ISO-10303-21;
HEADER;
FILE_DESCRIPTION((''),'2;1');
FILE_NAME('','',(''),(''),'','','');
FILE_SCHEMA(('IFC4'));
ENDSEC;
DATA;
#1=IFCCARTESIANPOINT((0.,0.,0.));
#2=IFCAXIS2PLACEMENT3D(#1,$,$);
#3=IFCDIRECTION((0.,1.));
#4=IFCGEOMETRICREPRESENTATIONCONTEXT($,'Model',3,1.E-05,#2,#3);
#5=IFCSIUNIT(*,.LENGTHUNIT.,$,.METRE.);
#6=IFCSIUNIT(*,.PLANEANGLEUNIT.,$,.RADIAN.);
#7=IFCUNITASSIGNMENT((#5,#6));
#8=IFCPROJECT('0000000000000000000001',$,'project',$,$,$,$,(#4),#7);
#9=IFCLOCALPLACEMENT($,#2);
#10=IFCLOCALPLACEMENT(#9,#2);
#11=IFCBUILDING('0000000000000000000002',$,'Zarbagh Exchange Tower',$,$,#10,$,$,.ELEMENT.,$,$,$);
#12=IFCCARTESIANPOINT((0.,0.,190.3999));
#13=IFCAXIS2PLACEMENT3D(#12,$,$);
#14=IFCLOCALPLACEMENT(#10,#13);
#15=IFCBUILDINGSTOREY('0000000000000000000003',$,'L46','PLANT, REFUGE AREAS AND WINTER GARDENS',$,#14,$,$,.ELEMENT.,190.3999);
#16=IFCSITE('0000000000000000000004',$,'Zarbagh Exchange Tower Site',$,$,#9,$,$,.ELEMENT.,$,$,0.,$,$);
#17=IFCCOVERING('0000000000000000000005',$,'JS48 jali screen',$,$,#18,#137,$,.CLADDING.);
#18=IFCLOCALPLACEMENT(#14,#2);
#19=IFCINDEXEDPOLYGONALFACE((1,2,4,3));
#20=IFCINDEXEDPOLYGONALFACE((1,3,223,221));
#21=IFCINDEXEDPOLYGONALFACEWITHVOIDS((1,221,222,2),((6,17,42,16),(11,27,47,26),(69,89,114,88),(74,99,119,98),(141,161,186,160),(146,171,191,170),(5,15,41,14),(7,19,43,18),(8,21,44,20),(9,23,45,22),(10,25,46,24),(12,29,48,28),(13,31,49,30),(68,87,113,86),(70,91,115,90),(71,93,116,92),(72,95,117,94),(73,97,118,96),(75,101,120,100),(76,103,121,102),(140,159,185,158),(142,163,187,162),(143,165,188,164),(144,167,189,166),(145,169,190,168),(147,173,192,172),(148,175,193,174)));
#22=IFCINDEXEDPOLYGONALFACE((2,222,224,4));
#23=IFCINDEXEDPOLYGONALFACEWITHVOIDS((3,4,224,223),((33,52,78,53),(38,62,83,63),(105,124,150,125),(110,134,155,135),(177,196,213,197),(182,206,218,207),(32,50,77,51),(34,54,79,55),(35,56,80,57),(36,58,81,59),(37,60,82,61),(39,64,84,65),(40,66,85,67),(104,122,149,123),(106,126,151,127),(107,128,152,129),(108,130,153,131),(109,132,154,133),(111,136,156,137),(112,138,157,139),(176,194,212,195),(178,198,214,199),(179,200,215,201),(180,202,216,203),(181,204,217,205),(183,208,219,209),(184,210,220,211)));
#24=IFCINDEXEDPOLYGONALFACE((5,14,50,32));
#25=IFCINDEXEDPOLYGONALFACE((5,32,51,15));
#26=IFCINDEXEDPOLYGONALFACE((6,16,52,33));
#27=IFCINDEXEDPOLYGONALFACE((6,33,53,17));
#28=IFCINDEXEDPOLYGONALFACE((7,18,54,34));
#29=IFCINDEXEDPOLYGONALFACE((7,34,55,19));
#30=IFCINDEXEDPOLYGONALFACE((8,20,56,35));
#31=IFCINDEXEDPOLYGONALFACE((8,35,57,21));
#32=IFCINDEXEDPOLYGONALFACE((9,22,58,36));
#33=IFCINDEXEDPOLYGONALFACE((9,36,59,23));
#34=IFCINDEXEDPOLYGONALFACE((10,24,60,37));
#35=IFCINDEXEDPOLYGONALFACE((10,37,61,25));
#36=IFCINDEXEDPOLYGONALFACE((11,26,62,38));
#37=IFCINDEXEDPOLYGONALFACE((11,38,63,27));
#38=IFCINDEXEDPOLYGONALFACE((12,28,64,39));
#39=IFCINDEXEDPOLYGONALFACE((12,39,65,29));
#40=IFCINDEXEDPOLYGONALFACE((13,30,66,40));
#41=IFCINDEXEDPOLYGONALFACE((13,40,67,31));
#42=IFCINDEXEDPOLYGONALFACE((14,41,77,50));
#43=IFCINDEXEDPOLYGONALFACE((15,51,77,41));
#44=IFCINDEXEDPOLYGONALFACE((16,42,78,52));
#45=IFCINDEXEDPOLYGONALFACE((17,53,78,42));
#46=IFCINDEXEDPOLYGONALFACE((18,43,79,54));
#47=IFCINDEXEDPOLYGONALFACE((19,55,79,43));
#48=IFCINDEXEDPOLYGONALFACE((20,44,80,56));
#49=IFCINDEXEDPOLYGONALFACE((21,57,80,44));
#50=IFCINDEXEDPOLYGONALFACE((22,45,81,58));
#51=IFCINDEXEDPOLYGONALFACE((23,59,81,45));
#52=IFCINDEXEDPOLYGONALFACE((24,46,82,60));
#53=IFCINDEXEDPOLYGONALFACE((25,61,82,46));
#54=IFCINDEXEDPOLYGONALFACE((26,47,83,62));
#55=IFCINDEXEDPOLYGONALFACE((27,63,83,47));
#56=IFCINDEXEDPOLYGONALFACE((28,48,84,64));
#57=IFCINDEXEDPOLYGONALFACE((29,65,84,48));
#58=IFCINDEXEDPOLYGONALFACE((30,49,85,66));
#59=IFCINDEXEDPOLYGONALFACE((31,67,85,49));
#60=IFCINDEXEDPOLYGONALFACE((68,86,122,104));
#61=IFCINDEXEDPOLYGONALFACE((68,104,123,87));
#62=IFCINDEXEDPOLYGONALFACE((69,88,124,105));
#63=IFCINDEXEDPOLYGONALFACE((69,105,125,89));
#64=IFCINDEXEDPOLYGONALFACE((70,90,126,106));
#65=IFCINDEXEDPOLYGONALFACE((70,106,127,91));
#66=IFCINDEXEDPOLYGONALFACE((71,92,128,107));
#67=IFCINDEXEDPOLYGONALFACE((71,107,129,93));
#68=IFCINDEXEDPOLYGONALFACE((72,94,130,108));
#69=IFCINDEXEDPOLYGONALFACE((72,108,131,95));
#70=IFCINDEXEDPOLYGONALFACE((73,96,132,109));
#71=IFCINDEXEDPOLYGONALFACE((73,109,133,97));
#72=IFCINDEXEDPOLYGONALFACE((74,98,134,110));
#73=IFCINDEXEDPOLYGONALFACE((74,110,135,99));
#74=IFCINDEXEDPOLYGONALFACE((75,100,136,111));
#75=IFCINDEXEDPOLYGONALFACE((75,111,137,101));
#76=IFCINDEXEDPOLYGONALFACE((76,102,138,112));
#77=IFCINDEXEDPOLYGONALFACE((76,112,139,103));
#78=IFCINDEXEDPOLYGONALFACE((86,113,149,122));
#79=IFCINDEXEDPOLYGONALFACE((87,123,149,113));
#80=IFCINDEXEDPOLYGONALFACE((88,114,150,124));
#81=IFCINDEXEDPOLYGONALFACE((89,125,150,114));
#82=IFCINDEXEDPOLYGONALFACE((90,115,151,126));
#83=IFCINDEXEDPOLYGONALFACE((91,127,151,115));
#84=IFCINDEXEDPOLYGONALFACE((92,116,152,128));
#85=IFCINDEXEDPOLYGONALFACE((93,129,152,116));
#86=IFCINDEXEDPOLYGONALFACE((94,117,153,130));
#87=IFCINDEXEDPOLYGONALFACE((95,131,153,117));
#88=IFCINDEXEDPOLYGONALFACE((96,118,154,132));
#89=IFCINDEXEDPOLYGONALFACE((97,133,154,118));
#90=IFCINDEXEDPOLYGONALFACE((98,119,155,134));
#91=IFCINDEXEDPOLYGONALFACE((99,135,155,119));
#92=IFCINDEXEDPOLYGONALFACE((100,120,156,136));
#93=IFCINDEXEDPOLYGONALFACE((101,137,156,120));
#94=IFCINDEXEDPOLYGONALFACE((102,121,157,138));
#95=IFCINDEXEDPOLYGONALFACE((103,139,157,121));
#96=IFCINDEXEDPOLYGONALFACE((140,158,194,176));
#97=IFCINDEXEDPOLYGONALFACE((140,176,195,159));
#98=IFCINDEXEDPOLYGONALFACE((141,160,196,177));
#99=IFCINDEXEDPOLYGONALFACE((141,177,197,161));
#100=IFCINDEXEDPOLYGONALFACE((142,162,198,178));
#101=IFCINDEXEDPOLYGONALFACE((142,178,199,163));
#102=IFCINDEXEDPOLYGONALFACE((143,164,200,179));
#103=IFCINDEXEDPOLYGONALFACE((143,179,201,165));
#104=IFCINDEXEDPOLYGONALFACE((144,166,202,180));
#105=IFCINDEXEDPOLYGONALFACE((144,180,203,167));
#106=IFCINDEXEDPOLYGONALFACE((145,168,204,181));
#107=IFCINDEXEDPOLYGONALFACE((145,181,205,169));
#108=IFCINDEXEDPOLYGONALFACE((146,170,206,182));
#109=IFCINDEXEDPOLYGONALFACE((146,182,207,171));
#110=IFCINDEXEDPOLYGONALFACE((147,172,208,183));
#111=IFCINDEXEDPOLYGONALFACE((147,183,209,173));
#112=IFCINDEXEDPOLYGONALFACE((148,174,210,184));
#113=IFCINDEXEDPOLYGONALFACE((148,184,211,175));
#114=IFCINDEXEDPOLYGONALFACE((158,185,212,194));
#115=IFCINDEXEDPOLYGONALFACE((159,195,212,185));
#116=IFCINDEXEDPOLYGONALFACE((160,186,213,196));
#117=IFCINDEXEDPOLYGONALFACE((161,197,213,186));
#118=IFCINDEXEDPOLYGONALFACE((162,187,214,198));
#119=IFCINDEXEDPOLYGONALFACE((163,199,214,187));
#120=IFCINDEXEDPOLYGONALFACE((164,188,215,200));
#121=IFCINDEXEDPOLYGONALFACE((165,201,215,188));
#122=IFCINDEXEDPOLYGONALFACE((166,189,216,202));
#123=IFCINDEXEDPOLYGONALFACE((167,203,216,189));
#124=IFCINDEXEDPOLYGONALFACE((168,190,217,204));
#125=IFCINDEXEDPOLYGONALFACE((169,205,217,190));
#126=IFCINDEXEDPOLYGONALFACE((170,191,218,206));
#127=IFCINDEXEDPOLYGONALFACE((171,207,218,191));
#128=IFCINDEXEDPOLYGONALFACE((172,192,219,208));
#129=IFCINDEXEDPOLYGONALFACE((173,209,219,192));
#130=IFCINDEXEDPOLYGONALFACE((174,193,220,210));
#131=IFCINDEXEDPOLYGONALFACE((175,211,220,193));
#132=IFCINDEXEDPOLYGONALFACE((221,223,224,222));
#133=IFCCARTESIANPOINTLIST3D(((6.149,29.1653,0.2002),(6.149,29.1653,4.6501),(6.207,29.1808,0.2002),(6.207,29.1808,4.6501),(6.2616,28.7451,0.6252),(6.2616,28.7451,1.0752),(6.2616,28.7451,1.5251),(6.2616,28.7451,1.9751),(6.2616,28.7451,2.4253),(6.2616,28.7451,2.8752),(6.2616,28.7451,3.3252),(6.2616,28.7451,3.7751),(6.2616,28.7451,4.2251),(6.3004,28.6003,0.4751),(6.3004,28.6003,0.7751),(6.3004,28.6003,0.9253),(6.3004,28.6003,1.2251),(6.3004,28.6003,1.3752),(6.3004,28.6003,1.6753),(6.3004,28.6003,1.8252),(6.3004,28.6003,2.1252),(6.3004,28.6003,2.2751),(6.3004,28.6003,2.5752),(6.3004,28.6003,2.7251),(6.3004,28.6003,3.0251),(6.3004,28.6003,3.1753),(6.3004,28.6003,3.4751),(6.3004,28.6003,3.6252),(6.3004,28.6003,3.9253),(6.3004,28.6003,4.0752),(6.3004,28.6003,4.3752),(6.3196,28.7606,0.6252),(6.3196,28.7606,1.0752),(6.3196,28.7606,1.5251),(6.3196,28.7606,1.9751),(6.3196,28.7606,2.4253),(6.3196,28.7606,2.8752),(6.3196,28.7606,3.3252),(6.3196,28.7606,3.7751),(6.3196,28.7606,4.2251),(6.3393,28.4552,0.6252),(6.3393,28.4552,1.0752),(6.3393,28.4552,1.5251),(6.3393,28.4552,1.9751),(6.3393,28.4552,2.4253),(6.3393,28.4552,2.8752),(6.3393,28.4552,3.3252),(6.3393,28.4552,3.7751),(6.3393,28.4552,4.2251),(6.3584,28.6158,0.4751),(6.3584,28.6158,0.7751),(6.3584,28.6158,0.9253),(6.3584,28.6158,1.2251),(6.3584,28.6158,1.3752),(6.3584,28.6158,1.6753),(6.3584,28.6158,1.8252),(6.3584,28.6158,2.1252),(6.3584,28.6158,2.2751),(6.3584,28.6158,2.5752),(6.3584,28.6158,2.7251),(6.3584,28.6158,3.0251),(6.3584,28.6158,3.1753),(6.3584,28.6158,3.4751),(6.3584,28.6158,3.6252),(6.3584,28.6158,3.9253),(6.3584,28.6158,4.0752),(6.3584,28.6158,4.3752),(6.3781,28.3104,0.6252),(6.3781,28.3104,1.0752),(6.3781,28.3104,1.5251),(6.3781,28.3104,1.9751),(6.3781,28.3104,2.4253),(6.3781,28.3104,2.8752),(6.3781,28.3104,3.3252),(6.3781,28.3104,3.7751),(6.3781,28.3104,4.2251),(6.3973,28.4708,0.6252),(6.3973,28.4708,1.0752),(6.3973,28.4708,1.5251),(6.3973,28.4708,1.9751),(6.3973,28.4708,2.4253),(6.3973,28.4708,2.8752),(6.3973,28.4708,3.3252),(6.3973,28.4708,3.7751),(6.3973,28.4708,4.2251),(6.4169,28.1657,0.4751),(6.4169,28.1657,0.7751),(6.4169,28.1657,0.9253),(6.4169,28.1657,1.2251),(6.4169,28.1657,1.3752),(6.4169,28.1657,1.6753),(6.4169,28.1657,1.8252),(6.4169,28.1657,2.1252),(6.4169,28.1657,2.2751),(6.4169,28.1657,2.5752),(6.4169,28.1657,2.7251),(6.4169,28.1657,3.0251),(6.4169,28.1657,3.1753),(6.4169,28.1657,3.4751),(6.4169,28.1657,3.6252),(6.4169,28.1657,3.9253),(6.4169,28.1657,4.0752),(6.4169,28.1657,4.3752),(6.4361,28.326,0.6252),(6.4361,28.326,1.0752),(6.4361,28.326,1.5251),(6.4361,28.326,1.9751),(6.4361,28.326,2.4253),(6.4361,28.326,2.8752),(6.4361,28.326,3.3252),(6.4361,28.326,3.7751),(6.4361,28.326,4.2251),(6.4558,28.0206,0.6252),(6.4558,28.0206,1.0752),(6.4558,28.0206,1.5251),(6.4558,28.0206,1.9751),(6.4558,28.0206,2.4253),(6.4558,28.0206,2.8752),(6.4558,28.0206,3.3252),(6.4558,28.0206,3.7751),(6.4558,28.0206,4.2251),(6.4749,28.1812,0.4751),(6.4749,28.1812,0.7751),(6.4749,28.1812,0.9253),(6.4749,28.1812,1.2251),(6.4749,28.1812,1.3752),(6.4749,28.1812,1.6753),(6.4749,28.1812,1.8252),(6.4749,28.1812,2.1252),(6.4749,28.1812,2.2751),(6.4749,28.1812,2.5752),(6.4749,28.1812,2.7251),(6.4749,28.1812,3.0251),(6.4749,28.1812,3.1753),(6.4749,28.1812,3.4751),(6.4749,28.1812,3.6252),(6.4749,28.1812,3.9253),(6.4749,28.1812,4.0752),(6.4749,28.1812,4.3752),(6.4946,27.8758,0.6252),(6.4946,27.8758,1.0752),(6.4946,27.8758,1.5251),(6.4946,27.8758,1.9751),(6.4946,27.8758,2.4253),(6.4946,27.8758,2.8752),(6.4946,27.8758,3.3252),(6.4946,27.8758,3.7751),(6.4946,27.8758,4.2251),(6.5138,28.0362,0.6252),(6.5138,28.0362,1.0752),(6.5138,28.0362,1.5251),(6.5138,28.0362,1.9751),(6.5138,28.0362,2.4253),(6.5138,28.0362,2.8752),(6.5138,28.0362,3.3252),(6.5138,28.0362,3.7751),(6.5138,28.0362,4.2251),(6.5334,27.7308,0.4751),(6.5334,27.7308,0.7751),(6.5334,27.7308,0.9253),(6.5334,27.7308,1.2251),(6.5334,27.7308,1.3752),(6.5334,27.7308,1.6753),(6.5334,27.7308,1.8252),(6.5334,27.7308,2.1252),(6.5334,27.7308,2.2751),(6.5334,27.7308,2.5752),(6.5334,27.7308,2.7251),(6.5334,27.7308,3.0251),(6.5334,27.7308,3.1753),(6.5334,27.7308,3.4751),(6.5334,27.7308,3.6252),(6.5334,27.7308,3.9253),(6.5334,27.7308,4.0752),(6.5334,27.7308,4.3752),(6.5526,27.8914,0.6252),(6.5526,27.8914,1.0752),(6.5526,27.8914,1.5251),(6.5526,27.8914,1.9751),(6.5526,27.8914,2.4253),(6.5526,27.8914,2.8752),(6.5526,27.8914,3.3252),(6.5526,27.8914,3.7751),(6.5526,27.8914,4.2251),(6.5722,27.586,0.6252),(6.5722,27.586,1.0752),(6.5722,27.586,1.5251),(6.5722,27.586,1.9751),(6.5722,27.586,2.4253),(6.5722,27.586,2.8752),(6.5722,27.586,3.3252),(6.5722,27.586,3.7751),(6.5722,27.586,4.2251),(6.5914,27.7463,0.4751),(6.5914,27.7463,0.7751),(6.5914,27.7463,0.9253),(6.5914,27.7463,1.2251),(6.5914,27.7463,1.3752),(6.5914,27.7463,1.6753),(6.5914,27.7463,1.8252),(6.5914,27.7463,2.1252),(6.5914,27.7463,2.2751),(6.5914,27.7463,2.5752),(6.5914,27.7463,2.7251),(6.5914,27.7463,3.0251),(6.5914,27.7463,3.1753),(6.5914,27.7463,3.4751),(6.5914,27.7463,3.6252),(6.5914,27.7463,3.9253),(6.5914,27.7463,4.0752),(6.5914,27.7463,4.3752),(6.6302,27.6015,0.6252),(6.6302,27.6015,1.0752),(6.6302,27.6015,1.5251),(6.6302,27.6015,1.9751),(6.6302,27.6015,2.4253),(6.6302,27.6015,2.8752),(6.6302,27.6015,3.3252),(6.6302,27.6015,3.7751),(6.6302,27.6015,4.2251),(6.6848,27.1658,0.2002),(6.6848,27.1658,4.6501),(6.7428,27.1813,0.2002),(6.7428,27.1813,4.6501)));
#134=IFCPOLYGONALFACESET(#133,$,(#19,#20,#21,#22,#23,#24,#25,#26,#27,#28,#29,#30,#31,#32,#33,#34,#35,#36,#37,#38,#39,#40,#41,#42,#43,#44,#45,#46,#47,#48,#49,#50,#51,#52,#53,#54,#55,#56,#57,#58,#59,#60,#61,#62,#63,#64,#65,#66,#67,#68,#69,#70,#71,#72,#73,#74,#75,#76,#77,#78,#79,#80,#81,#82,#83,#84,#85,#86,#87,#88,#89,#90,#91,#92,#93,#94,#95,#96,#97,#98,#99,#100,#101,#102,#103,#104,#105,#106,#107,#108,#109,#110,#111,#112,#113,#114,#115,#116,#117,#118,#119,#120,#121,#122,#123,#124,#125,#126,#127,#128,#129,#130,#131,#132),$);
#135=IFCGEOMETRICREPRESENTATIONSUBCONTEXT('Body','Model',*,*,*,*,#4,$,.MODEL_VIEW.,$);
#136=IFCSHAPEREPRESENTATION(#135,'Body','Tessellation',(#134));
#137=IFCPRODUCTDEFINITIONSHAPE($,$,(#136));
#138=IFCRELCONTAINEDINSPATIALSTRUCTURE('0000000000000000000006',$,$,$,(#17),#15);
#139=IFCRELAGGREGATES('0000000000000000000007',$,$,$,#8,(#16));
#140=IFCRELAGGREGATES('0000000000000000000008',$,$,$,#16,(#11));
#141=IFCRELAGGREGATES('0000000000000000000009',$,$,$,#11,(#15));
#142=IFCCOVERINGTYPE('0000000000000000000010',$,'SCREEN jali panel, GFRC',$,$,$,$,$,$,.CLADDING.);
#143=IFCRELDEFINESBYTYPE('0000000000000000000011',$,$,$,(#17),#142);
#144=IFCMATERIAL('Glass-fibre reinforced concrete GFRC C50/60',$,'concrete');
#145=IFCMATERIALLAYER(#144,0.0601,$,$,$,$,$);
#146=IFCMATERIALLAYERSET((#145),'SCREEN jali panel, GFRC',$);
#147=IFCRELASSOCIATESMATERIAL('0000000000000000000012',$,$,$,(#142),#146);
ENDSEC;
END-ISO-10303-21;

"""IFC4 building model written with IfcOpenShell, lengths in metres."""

from ifc_helpers import new_model, si_unit, direction, frame, origin, place, context, subcontext, project, spatial, polyline, outline, extrude, source, transform, mapped, material, layer, layer_set, type_object, element, save


model = new_model("IFC4")

# Units and contexts
model_context = context("Model", 3, precision=1e-05, world=origin(), true_north=direction((0.0, 1.0)))
body_context = subcontext(model_context, "Body", "Model", "MODEL_VIEW")
ifc_project = project(units=[si_unit("LENGTHUNIT", "METRE"), si_unit("PLANEANGLEUNIT", "RADIAN")], contexts=[model_context])

# Site, building, storey
site_placement = place(None, origin())
site = spatial("IfcSite", under=ifc_project, at=site_placement, Name="Zarbagh Exchange Tower Site", CompositionType="ELEMENT", RefElevation=0.0)
building_placement = place(site_placement, origin())
building = spatial("IfcBuilding", under=site, at=building_placement, Name="Zarbagh Exchange Tower", CompositionType="ELEMENT")
storey_placement = place(building_placement, frame((0.0, 0.0, 190.3999)))
storey = spatial("IfcBuildingStorey", under=building, at=storey_placement, Name="L46", Description="PLANT, REFUGE AREAS AND WINTER GARDENS", CompositionType="ELEMENT", Elevation=190.3999)

# Shared definitions
ifc_material_1 = material(Name="Glass-fibre reinforced concrete GFRC C50/60", Category="concrete")
ifc_layer_1 = layer(ifc_material_1, 0.0601)
ifc_layer_set_1 = layer_set([ifc_layer_1], Name="SCREEN jali panel, GFRC")
covering_type = type_object("IfcCoveringType", Name="SCREEN jali panel, GFRC", PredefinedType="CLADDING", material=ifc_layer_set_1)
placement = place(storey_placement, origin())

# Covering
shared_shape_1 = source(origin(), body_context, "Body", "SweptSolid", [
    extrude(outline(polyline([(0.0, 0.0), (2.0701, 0.0), (2.0701, 4.45), (0.0, 4.45), (0.0, 0.0)]), holes=[polyline([(0.4351, 0.425), (0.585, 0.2749), (0.7351, 0.425), (0.585, 0.575), (0.4351, 0.425)]), polyline([(0.4351, 0.875), (0.585, 0.7251), (0.7351, 0.875), (0.585, 1.0249), (0.4351, 0.875)]), polyline([(0.4351, 1.325), (0.585, 1.175), (0.7351, 1.325), (0.585, 1.4751), (0.4351, 1.325)]), polyline([(0.4351, 1.7749), (0.585, 1.625), (0.7351, 1.7749), (0.585, 1.925), (0.4351, 1.7749)]), polyline([(0.4351, 2.2251), (0.585, 2.075), (0.7351, 2.2251), (0.585, 2.375), (0.4351, 2.2251)]), polyline([(0.4351, 2.675), (0.585, 2.5249), (0.7351, 2.675), (0.585, 2.825), (0.4351, 2.675)]), polyline([(0.4351, 3.125), (0.585, 2.9751), (0.7351, 3.125), (0.585, 3.2749), (0.4351, 3.125)]), polyline([(0.4351, 3.575), (0.585, 3.425), (0.7351, 3.575), (0.585, 3.7251), (0.4351, 3.575)]), polyline([(0.4351, 4.0249), (0.585, 3.875), (0.7351, 4.0249), (0.585, 4.175), (0.4351, 4.0249)]), polyline([(0.885, 0.425), (1.0352, 0.2749), (1.1851, 0.425), (1.0352, 0.575), (0.885, 0.425)]), polyline([(0.885, 0.875), (1.0352, 0.7251), (1.1851, 0.875), (1.0352, 1.0249), (0.885, 0.875)]), polyline([(0.885, 1.325), (1.0352, 1.175), (1.1851, 1.325), (1.0352, 1.4751), (0.885, 1.325)]), polyline([(0.885, 1.7749), (1.0352, 1.625), (1.1851, 1.7749), (1.0352, 1.925), (0.885, 1.7749)]), polyline([(0.885, 2.2251), (1.0352, 2.075), (1.1851, 2.2251), (1.0352, 2.375), (0.885, 2.2251)]), polyline([(0.885, 2.675), (1.0352, 2.5249), (1.1851, 2.675), (1.0352, 2.825), (0.885, 2.675)]), polyline([(0.885, 3.125), (1.0352, 2.9751), (1.1851, 3.125), (1.0352, 3.2749), (0.885, 3.125)]), polyline([(0.885, 3.575), (1.0352, 3.425), (1.1851, 3.575), (1.0352, 3.7251), (0.885, 3.575)]), polyline([(0.885, 4.0249), (1.0352, 3.875), (1.1851, 4.0249), (1.0352, 4.175), (0.885, 4.0249)]), polyline([(1.335, 0.425), (1.4851, 0.2749), (1.635, 0.425), (1.4851, 0.575), (1.335, 0.425)]), polyline([(1.335, 0.875), (1.4851, 0.7251), (1.635, 0.875), (1.4851, 1.0249), (1.335, 0.875)]), polyline([(1.335, 1.325), (1.4851, 1.175), (1.635, 1.325), (1.4851, 1.4751), (1.335, 1.325)]), polyline([(1.335, 1.7749), (1.4851, 1.625), (1.635, 1.7749), (1.4851, 1.925), (1.335, 1.7749)]), polyline([(1.335, 2.2251), (1.4851, 2.075), (1.635, 2.2251), (1.4851, 2.375), (1.335, 2.2251)]), polyline([(1.335, 2.675), (1.4851, 2.5249), (1.635, 2.675), (1.4851, 2.825), (1.335, 2.675)]), polyline([(1.335, 3.125), (1.4851, 2.9751), (1.635, 3.125), (1.4851, 3.2749), (1.335, 3.125)]), polyline([(1.335, 3.575), (1.4851, 3.425), (1.635, 3.575), (1.4851, 3.7251), (1.335, 3.575)]), polyline([(1.335, 4.0249), (1.4851, 3.875), (1.635, 4.0249), (1.4851, 4.175), (1.335, 4.0249)])]), origin(), (0.0, 0.0, 1.0), 0.0601),
])
element("IfcCovering", 1, at=placement, inside=storey, type_object=covering_type, Name="JS48 jali screen", PredefinedType="CLADDING", context=body_context, shape_type="MappedRepresentation", body=[
    mapped(shared_shape_1, transform((6.6848, 27.1658, 0.2002), x_axis=(-0.258825, 0.965924, 0.0), y_axis=(0.0, 0.0, 1.0), z_axis=(0.965924, 0.258825, 0.0))),
])

save(model, "model.ifc")
